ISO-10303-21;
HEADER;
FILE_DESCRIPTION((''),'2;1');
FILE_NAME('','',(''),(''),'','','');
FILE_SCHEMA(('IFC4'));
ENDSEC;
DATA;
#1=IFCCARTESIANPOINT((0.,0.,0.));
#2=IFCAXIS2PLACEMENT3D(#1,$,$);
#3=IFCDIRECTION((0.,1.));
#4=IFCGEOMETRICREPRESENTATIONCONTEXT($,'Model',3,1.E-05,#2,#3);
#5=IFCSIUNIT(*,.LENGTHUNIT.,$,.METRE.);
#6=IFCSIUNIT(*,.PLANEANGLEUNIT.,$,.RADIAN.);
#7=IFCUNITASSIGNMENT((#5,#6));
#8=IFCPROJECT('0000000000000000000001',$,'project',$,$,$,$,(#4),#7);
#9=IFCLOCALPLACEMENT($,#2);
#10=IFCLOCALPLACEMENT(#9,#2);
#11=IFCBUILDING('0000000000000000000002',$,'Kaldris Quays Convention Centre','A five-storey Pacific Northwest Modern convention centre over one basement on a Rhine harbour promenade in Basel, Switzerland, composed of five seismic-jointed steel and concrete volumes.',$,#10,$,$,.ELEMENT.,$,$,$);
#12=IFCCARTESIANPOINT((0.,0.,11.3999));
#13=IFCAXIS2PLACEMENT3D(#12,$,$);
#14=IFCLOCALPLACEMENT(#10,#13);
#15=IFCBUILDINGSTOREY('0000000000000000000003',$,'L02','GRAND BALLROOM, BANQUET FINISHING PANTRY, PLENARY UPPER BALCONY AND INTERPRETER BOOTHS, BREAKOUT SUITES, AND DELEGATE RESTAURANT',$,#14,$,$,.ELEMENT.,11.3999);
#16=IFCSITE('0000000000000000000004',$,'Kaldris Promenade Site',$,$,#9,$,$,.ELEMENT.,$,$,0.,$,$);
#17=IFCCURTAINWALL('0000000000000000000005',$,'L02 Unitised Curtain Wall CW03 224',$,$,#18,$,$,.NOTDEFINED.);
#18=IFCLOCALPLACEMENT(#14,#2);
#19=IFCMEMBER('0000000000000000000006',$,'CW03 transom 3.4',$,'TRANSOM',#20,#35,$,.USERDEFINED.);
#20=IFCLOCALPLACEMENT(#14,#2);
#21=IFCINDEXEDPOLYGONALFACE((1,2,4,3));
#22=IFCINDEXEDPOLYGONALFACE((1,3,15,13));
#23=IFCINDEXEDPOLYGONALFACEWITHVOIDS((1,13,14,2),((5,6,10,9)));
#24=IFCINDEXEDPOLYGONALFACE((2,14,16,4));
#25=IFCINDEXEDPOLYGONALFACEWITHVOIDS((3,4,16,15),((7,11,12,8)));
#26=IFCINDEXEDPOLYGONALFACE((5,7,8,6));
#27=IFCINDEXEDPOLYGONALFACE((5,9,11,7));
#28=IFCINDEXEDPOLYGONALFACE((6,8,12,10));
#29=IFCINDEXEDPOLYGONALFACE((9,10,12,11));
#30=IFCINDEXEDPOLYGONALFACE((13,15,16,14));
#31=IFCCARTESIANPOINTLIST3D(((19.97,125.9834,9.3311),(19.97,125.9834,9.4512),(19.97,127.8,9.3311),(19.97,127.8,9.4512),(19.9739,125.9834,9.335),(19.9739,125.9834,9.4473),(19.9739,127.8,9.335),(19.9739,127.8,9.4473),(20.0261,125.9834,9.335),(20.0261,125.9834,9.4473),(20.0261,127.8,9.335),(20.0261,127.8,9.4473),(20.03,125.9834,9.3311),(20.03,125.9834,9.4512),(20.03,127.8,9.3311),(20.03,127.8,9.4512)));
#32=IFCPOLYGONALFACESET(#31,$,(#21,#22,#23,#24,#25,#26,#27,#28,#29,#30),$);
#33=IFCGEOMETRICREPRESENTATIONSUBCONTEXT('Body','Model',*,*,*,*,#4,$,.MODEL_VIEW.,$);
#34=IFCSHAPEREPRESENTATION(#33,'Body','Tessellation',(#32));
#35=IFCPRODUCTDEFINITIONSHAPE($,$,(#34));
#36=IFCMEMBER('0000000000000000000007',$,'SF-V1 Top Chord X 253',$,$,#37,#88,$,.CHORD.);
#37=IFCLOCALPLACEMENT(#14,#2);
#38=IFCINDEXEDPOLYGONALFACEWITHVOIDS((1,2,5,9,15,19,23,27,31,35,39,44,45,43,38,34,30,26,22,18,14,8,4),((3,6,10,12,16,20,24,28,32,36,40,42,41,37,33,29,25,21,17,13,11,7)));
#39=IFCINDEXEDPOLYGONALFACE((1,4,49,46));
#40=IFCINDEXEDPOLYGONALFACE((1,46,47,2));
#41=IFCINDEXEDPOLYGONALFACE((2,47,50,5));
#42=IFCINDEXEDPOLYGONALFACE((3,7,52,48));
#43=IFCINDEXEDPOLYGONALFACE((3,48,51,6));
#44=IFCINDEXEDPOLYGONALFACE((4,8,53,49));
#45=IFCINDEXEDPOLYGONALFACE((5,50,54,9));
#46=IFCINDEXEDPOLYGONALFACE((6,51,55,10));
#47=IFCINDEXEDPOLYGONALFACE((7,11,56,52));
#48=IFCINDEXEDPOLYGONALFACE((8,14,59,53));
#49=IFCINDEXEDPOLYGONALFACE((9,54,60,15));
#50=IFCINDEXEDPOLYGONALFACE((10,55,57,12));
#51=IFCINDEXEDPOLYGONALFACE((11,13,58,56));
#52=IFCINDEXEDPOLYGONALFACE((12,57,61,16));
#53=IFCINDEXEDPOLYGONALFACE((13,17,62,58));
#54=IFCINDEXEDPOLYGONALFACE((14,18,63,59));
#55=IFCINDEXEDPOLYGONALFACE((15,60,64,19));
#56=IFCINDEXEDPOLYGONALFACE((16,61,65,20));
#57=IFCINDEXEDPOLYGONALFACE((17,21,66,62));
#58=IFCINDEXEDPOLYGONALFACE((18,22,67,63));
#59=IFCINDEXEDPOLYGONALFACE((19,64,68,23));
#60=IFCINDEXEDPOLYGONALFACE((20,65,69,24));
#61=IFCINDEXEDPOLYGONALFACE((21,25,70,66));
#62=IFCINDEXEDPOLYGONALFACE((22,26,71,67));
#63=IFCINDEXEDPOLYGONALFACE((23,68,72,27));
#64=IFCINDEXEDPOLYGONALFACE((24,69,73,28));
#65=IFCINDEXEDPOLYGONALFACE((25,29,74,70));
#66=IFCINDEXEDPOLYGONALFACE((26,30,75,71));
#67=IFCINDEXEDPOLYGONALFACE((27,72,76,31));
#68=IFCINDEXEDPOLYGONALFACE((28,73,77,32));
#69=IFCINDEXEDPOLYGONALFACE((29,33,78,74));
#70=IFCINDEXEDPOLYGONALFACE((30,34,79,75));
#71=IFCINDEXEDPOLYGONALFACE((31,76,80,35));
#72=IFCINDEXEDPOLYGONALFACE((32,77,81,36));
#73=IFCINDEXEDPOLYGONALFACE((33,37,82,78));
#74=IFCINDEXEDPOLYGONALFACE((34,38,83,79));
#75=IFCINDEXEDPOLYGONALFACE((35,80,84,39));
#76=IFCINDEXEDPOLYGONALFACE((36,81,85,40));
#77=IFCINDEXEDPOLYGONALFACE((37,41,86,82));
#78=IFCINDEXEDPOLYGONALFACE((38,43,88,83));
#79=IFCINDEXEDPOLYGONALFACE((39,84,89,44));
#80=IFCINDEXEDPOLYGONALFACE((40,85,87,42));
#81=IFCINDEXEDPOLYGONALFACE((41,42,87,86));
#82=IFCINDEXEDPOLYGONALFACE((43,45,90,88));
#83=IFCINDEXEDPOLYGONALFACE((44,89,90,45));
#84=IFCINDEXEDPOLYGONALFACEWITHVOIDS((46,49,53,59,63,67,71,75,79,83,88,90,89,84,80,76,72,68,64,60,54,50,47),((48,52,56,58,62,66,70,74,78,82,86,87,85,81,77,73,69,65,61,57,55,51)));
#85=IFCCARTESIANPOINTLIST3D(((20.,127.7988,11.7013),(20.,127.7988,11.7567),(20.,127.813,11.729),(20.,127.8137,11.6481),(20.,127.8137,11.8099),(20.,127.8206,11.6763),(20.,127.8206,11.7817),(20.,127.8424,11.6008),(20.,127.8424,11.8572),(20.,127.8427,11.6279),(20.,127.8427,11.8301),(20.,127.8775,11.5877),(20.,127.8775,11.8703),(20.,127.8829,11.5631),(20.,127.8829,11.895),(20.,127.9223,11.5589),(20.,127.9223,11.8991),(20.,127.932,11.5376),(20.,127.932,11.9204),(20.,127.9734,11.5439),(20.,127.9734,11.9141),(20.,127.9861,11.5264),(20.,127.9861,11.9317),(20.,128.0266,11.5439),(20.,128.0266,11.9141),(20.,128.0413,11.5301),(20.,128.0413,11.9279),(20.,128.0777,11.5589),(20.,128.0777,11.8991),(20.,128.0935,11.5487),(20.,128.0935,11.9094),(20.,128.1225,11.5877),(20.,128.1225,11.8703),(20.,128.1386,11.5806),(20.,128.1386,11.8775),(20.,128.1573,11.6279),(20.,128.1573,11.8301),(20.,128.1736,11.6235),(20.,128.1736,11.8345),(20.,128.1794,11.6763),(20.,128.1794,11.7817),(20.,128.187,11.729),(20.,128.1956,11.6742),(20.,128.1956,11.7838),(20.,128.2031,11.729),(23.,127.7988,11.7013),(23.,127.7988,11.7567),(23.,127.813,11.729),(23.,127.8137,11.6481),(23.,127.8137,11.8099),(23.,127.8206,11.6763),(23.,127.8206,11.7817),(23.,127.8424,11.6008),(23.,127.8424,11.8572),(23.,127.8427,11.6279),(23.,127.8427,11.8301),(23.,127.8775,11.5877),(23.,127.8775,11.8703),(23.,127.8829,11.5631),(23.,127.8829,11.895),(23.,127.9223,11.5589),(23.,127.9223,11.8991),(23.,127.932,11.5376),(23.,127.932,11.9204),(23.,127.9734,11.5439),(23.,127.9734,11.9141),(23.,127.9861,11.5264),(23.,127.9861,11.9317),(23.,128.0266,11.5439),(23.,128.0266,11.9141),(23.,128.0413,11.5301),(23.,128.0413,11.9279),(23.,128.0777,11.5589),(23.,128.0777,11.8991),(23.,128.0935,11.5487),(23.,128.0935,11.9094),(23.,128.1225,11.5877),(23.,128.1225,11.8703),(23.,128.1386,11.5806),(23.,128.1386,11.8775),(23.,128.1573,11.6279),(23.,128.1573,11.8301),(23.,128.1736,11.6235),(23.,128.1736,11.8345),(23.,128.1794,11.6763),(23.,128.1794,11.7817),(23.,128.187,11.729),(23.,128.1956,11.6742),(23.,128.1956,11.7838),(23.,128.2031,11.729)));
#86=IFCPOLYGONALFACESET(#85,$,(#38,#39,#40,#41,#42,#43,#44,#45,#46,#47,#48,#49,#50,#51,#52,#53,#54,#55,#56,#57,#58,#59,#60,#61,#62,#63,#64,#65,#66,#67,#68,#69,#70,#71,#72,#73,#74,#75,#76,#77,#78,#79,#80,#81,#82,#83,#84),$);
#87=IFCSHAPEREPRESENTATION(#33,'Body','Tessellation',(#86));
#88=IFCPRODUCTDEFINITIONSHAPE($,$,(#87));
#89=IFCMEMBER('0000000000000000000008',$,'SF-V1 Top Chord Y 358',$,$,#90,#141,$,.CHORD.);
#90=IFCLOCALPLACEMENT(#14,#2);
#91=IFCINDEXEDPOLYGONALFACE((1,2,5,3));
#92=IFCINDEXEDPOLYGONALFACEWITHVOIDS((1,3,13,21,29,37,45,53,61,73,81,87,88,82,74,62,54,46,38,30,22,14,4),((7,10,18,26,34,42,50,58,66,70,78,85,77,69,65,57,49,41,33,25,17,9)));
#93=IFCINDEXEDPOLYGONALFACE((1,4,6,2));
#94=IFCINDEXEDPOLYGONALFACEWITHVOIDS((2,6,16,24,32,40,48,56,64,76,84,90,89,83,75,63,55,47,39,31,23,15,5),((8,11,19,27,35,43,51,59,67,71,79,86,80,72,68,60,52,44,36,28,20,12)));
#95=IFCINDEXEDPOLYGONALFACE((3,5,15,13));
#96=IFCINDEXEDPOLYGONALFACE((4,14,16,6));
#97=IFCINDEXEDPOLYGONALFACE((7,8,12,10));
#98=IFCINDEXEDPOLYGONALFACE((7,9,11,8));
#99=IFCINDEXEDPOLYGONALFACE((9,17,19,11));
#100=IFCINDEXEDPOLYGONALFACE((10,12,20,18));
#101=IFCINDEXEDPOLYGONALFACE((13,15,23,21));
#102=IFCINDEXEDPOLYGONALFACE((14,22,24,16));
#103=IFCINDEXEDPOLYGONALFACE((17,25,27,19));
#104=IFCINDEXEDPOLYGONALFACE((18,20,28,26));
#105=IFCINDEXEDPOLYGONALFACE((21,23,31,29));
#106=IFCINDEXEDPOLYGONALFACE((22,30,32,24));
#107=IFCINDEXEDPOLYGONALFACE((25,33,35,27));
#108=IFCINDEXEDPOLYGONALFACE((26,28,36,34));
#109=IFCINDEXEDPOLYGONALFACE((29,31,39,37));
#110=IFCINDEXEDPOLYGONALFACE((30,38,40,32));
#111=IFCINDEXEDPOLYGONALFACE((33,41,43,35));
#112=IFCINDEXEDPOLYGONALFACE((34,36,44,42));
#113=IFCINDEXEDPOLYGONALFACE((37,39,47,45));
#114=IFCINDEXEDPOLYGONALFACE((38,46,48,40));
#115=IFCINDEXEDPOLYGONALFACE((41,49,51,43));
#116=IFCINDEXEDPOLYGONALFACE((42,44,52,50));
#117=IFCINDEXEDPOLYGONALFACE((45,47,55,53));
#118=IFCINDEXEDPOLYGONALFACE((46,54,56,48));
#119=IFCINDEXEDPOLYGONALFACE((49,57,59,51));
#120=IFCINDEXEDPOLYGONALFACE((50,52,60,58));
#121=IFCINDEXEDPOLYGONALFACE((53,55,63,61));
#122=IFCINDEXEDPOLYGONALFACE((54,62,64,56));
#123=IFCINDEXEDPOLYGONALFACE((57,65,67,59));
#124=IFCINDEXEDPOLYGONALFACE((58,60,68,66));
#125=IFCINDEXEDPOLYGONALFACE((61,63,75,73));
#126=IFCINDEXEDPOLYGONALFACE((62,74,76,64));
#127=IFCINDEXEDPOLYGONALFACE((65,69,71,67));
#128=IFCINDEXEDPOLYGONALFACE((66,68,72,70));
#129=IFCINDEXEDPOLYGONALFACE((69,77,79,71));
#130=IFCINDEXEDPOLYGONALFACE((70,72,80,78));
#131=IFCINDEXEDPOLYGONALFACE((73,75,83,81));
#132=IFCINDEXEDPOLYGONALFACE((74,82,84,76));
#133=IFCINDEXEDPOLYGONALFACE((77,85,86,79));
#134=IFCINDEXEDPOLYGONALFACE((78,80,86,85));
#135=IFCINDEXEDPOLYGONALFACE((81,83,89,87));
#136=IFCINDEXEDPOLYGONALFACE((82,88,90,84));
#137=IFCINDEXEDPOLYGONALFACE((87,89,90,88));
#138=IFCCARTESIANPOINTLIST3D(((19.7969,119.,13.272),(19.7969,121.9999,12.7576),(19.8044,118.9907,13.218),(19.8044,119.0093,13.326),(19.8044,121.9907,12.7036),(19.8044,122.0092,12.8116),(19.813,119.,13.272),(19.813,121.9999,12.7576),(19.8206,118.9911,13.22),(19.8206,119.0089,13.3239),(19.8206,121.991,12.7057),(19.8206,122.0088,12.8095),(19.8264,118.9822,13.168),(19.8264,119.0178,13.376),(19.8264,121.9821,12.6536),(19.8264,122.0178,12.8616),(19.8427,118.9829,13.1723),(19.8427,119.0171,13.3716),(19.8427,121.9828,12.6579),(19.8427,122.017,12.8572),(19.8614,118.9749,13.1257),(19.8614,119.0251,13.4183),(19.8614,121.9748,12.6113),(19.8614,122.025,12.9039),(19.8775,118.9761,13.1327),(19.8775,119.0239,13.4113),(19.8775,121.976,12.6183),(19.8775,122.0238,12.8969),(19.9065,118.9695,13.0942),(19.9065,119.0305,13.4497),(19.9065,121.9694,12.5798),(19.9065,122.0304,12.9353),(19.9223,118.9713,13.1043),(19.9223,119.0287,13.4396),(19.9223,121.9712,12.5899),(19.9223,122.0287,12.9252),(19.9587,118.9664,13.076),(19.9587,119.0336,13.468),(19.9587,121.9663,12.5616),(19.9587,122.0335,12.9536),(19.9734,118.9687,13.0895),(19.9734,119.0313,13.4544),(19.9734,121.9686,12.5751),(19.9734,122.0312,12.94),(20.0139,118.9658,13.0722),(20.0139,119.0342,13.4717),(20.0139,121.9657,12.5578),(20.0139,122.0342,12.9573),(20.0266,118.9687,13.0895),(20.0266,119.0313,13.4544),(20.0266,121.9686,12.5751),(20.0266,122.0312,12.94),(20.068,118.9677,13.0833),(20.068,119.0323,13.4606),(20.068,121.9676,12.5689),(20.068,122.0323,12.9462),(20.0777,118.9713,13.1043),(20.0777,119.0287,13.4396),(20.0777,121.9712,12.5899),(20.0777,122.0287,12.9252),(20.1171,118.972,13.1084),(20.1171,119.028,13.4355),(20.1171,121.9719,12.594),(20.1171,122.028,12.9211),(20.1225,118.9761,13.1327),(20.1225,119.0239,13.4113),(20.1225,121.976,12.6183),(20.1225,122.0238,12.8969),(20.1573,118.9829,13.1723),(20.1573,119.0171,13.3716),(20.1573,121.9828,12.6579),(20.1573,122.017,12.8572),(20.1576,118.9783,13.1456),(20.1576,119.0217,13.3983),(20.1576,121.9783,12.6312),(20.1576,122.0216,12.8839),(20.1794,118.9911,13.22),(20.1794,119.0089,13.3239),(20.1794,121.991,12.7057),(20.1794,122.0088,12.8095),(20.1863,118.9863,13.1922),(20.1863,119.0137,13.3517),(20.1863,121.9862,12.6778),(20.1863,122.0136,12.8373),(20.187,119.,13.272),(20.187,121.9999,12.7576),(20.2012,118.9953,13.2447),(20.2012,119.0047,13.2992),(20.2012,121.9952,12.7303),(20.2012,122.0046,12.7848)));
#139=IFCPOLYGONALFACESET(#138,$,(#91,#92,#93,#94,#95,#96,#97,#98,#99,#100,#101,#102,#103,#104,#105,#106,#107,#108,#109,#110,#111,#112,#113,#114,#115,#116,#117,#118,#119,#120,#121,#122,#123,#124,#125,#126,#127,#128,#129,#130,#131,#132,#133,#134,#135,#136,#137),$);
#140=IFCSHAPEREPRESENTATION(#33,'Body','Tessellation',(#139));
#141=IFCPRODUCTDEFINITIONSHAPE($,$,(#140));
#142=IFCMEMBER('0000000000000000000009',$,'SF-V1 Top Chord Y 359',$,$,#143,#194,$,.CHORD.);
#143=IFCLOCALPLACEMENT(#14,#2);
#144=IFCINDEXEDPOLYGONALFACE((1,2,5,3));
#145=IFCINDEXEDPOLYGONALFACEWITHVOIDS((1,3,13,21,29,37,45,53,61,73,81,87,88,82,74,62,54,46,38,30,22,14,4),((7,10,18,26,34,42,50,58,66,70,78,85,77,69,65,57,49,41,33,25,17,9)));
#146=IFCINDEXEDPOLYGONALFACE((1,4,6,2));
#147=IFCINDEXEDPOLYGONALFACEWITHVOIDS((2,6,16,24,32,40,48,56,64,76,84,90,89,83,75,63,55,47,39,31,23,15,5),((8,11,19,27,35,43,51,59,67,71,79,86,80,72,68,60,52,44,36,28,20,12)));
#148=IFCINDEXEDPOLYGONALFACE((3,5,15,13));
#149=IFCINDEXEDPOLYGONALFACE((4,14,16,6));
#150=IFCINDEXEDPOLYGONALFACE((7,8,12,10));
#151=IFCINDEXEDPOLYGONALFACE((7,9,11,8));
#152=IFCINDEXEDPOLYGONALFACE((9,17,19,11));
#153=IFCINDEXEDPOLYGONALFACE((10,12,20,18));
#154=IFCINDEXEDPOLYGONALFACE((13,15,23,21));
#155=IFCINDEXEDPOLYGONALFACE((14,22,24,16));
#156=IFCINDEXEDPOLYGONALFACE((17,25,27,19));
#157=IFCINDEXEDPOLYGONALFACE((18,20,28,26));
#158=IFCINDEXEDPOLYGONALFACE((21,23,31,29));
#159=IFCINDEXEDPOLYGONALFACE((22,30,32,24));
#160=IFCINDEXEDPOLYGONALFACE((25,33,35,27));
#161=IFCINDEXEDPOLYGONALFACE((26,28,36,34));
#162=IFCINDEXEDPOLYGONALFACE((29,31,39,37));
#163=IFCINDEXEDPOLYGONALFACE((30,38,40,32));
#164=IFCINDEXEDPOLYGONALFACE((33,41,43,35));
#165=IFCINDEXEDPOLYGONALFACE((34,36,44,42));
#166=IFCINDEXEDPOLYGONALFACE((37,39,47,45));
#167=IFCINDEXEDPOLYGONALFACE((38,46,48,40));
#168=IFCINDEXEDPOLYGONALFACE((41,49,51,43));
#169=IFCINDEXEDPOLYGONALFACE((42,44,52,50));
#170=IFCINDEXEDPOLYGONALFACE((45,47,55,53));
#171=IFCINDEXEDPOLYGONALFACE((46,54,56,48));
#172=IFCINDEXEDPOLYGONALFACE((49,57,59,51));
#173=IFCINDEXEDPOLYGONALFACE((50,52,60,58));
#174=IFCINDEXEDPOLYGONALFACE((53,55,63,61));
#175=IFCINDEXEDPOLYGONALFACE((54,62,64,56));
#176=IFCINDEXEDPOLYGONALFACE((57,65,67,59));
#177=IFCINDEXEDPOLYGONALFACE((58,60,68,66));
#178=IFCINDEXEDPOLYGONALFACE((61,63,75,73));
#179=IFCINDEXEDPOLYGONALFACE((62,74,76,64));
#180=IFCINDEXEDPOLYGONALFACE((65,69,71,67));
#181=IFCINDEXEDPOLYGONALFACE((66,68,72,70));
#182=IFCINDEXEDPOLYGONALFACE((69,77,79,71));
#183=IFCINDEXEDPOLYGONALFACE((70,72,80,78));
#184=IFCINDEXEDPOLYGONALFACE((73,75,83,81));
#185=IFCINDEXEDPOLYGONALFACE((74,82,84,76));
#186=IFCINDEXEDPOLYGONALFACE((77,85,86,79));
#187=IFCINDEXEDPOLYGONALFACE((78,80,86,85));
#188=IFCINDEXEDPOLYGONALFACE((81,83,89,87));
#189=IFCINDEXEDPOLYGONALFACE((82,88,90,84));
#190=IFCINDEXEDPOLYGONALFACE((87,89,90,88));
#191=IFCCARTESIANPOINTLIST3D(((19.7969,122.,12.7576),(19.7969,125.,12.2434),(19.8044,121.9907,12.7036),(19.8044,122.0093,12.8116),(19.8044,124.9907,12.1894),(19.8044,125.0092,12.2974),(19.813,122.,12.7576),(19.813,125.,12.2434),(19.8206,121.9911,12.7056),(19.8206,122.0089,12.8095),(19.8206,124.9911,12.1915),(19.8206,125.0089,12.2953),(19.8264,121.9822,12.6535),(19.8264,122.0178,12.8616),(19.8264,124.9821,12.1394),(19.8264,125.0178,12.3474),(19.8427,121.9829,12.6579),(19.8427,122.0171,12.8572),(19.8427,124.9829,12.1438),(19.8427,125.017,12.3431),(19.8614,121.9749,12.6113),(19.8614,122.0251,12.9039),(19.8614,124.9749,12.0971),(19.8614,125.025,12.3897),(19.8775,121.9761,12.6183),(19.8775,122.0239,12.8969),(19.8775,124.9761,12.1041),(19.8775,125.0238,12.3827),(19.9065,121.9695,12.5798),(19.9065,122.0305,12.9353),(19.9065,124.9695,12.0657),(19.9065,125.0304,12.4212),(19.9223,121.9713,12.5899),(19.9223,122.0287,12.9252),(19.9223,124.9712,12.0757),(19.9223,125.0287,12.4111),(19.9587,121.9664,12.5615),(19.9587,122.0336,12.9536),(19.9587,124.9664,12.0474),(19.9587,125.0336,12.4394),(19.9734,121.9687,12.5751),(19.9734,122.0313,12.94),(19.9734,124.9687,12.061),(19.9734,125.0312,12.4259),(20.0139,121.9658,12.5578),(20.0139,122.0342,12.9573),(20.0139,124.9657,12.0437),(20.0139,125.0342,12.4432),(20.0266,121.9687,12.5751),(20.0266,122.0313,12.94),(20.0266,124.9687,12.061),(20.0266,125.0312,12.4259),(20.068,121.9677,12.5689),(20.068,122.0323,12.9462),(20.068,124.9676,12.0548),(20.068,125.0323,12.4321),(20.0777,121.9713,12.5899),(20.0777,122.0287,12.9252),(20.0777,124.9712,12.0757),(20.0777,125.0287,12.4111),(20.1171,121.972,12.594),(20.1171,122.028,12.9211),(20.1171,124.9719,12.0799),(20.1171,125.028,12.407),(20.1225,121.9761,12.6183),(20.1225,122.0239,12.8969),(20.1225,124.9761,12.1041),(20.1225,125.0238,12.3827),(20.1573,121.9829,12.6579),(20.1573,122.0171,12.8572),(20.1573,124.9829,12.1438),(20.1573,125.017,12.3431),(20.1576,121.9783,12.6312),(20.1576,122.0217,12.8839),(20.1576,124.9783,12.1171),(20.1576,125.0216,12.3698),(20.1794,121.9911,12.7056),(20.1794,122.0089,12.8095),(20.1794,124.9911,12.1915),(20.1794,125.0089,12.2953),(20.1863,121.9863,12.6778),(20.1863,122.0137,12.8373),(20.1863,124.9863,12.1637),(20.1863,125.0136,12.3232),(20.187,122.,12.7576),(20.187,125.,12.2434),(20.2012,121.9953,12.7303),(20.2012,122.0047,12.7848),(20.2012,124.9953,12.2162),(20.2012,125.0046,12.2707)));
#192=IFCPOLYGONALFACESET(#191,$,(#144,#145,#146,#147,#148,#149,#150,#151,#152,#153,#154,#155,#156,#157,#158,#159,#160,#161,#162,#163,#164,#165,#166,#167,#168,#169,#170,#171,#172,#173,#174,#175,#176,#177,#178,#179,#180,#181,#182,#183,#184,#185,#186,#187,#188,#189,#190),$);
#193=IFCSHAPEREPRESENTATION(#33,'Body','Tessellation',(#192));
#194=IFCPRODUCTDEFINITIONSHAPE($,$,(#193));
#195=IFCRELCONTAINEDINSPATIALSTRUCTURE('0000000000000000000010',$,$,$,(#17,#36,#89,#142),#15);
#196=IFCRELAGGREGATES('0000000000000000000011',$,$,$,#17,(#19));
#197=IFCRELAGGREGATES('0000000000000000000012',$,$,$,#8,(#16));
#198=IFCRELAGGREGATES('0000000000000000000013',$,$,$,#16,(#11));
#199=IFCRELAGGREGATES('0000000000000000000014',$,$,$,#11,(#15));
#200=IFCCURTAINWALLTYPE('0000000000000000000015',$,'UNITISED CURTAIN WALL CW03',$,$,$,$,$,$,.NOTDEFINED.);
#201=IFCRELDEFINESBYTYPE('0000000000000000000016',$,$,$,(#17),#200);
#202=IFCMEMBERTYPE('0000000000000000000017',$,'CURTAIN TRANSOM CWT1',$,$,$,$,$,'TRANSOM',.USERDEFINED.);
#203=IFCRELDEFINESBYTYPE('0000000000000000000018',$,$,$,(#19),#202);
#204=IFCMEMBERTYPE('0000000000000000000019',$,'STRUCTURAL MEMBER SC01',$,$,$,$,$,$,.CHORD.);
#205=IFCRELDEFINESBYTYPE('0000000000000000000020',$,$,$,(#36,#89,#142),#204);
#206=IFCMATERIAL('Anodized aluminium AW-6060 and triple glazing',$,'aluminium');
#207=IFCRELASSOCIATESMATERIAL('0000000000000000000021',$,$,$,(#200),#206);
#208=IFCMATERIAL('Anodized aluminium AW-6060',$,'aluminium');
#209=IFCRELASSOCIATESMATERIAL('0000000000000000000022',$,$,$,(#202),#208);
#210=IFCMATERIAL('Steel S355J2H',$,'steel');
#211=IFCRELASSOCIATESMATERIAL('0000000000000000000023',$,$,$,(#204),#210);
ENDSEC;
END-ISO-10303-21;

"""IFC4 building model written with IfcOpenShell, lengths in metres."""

from ifc_helpers import new_model, si_unit, direction, frame, origin, origin_2d, place, context, subcontext, project, spatial, hollow_rectangle, hollow_circle, extrude, material, material_profile, profile_set, type_object, element, aggregate, save


model = new_model("IFC4")

# Units and contexts
model_context = context("Model", 3, precision=1e-05, world=origin(), true_north=direction((0.0, 1.0)))
body_context = subcontext(model_context, "Body", "Model", "MODEL_VIEW")
ifc_project = project(units=[si_unit("LENGTHUNIT", "METRE"), si_unit("PLANEANGLEUNIT", "RADIAN")], contexts=[model_context])

# Site, building, storey
site_placement = place(None, origin())
site = spatial("IfcSite", under=ifc_project, at=site_placement, Name="Kaldris Promenade Site", CompositionType="ELEMENT", RefElevation=0.0)
building_placement = place(site_placement, origin())
building = spatial("IfcBuilding", under=site, at=building_placement, Name="Kaldris Quays Convention Centre", Description="A five-storey Pacific Northwest Modern convention centre over one basement on a Rhine harbour promenade in Basel, Switzerland, composed of five seismic-jointed steel and concrete volumes.", CompositionType="ELEMENT")
storey_placement = place(building_placement, frame((0.0, 0.0, 11.3999)))
storey = spatial("IfcBuildingStorey", under=building, at=storey_placement, Name="L02", Description="GRAND BALLROOM, BANQUET FINISHING PANTRY, PLENARY UPPER BALCONY AND INTERPRETER BOOTHS, BREAKOUT SUITES, AND DELEGATE RESTAURANT", CompositionType="ELEMENT", Elevation=11.3999)

# Curtain wall, member
ifc_material_1 = material(Name="Anodized aluminium AW-6060 and triple glazing", Category="aluminium")
curtain_wall_type = type_object("IfcCurtainWallType", Name="UNITISED CURTAIN WALL CW03", PredefinedType="NOTDEFINED", material=ifc_material_1)
ifc_material_2 = material(Name="Anodized aluminium AW-6060", Category="aluminium")
ifc_material_profile_1 = material_profile(ifc_material_2, hollow_rectangle(XDim=0.0601, YDim=0.1201, WallThickness=0.0039, at=origin_2d()), Name="RHS 120x60x4")
ifc_profile_set_1 = profile_set([ifc_material_profile_1], Name="Anodized aluminium AW-6060")
member_type_1 = type_object("IfcMemberType", Name="CURTAIN TRANSOM CWT1", ElementType="TRANSOM", PredefinedType="USERDEFINED", material=ifc_profile_set_1)
curtain_wall_1_placement = place(storey_placement, origin())
curtain_wall_1 = element("IfcCurtainWall", 1, at=curtain_wall_1_placement, inside=storey, type_object=curtain_wall_type, Name="L02 Unitised Curtain Wall CW03 224", PredefinedType="NOTDEFINED")
member_1_placement = place(storey_placement, frame((20.0, 125.9834, 9.3911), z_axis=(0.0, 1.0, 0.0), x_axis=(-1.0, 0.0, 0.0)))
member_1 = element("IfcMember", 2, at=member_1_placement, type_object=member_type_1, Name="CW03 transom 3.4", ObjectType="TRANSOM", PredefinedType="USERDEFINED", context=body_context, shape_type="SweptSolid", body=[
    extrude(hollow_rectangle(XDim=0.0601, YDim=0.1201, WallThickness=0.0039, at=origin_2d()), origin(), (0.0, 0.0, 1.0), 1.8167),
])

# Members
ifc_material_3 = material(Name="Steel S355J2H", Category="steel")
ifc_material_profile_2 = material_profile(ifc_material_3, hollow_circle(Radius=0.2031, WallThickness=0.0161, at=origin_2d()), Name="CHS 406.4x16")
ifc_profile_set_2 = profile_set([ifc_material_profile_2], Name="Steel S355J2H")
member_type_2 = type_object("IfcMemberType", Name="STRUCTURAL MEMBER SC01", PredefinedType="CHORD", material=ifc_profile_set_2)
member_2_placement = place(storey_placement, frame((20.0, 128.0, 11.729), z_axis=(1.0, 0.0, 0.0), x_axis=(0.0, 1.0, 0.0)))
element("IfcMember", 3, at=member_2_placement, inside=storey, type_object=member_type_2, Name="SF-V1 Top Chord X 253", PredefinedType="CHORD", context=body_context, shape_type="SweptSolid", body=[
    extrude(hollow_circle(Radius=0.2031, WallThickness=0.0161, at=origin_2d()), origin(), (0.0, 0.0, 1.0), 3.0),
])
for number, where, z_axis, x_axis, name in (
    (4, (20.0, 119.0, 13.272), (0.0, 0.985616, -0.169002), (-1.0, 0.0, 0.0), "SF-V1 Top Chord Y 358"),
    (5, (20.0, 122.0, 12.7576), (0.0, 0.985629, -0.168924), (-1.0, 0.0, 0.0), "SF-V1 Top Chord Y 359"),
):
    element("IfcMember", number, at=place(storey_placement, frame(where, z_axis=z_axis, x_axis=x_axis)), inside=storey, type_object=member_type_2, Name=name, PredefinedType="CHORD", context=body_context, shape_type="SweptSolid", body=[
        extrude(hollow_circle(Radius=0.2031, WallThickness=0.0161, at=origin_2d()), origin(), (0.0, 0.0, 1.0), 3.0437),
    ])

aggregate(curtain_wall_1, [member_1])

save(model, "model.ifc")
